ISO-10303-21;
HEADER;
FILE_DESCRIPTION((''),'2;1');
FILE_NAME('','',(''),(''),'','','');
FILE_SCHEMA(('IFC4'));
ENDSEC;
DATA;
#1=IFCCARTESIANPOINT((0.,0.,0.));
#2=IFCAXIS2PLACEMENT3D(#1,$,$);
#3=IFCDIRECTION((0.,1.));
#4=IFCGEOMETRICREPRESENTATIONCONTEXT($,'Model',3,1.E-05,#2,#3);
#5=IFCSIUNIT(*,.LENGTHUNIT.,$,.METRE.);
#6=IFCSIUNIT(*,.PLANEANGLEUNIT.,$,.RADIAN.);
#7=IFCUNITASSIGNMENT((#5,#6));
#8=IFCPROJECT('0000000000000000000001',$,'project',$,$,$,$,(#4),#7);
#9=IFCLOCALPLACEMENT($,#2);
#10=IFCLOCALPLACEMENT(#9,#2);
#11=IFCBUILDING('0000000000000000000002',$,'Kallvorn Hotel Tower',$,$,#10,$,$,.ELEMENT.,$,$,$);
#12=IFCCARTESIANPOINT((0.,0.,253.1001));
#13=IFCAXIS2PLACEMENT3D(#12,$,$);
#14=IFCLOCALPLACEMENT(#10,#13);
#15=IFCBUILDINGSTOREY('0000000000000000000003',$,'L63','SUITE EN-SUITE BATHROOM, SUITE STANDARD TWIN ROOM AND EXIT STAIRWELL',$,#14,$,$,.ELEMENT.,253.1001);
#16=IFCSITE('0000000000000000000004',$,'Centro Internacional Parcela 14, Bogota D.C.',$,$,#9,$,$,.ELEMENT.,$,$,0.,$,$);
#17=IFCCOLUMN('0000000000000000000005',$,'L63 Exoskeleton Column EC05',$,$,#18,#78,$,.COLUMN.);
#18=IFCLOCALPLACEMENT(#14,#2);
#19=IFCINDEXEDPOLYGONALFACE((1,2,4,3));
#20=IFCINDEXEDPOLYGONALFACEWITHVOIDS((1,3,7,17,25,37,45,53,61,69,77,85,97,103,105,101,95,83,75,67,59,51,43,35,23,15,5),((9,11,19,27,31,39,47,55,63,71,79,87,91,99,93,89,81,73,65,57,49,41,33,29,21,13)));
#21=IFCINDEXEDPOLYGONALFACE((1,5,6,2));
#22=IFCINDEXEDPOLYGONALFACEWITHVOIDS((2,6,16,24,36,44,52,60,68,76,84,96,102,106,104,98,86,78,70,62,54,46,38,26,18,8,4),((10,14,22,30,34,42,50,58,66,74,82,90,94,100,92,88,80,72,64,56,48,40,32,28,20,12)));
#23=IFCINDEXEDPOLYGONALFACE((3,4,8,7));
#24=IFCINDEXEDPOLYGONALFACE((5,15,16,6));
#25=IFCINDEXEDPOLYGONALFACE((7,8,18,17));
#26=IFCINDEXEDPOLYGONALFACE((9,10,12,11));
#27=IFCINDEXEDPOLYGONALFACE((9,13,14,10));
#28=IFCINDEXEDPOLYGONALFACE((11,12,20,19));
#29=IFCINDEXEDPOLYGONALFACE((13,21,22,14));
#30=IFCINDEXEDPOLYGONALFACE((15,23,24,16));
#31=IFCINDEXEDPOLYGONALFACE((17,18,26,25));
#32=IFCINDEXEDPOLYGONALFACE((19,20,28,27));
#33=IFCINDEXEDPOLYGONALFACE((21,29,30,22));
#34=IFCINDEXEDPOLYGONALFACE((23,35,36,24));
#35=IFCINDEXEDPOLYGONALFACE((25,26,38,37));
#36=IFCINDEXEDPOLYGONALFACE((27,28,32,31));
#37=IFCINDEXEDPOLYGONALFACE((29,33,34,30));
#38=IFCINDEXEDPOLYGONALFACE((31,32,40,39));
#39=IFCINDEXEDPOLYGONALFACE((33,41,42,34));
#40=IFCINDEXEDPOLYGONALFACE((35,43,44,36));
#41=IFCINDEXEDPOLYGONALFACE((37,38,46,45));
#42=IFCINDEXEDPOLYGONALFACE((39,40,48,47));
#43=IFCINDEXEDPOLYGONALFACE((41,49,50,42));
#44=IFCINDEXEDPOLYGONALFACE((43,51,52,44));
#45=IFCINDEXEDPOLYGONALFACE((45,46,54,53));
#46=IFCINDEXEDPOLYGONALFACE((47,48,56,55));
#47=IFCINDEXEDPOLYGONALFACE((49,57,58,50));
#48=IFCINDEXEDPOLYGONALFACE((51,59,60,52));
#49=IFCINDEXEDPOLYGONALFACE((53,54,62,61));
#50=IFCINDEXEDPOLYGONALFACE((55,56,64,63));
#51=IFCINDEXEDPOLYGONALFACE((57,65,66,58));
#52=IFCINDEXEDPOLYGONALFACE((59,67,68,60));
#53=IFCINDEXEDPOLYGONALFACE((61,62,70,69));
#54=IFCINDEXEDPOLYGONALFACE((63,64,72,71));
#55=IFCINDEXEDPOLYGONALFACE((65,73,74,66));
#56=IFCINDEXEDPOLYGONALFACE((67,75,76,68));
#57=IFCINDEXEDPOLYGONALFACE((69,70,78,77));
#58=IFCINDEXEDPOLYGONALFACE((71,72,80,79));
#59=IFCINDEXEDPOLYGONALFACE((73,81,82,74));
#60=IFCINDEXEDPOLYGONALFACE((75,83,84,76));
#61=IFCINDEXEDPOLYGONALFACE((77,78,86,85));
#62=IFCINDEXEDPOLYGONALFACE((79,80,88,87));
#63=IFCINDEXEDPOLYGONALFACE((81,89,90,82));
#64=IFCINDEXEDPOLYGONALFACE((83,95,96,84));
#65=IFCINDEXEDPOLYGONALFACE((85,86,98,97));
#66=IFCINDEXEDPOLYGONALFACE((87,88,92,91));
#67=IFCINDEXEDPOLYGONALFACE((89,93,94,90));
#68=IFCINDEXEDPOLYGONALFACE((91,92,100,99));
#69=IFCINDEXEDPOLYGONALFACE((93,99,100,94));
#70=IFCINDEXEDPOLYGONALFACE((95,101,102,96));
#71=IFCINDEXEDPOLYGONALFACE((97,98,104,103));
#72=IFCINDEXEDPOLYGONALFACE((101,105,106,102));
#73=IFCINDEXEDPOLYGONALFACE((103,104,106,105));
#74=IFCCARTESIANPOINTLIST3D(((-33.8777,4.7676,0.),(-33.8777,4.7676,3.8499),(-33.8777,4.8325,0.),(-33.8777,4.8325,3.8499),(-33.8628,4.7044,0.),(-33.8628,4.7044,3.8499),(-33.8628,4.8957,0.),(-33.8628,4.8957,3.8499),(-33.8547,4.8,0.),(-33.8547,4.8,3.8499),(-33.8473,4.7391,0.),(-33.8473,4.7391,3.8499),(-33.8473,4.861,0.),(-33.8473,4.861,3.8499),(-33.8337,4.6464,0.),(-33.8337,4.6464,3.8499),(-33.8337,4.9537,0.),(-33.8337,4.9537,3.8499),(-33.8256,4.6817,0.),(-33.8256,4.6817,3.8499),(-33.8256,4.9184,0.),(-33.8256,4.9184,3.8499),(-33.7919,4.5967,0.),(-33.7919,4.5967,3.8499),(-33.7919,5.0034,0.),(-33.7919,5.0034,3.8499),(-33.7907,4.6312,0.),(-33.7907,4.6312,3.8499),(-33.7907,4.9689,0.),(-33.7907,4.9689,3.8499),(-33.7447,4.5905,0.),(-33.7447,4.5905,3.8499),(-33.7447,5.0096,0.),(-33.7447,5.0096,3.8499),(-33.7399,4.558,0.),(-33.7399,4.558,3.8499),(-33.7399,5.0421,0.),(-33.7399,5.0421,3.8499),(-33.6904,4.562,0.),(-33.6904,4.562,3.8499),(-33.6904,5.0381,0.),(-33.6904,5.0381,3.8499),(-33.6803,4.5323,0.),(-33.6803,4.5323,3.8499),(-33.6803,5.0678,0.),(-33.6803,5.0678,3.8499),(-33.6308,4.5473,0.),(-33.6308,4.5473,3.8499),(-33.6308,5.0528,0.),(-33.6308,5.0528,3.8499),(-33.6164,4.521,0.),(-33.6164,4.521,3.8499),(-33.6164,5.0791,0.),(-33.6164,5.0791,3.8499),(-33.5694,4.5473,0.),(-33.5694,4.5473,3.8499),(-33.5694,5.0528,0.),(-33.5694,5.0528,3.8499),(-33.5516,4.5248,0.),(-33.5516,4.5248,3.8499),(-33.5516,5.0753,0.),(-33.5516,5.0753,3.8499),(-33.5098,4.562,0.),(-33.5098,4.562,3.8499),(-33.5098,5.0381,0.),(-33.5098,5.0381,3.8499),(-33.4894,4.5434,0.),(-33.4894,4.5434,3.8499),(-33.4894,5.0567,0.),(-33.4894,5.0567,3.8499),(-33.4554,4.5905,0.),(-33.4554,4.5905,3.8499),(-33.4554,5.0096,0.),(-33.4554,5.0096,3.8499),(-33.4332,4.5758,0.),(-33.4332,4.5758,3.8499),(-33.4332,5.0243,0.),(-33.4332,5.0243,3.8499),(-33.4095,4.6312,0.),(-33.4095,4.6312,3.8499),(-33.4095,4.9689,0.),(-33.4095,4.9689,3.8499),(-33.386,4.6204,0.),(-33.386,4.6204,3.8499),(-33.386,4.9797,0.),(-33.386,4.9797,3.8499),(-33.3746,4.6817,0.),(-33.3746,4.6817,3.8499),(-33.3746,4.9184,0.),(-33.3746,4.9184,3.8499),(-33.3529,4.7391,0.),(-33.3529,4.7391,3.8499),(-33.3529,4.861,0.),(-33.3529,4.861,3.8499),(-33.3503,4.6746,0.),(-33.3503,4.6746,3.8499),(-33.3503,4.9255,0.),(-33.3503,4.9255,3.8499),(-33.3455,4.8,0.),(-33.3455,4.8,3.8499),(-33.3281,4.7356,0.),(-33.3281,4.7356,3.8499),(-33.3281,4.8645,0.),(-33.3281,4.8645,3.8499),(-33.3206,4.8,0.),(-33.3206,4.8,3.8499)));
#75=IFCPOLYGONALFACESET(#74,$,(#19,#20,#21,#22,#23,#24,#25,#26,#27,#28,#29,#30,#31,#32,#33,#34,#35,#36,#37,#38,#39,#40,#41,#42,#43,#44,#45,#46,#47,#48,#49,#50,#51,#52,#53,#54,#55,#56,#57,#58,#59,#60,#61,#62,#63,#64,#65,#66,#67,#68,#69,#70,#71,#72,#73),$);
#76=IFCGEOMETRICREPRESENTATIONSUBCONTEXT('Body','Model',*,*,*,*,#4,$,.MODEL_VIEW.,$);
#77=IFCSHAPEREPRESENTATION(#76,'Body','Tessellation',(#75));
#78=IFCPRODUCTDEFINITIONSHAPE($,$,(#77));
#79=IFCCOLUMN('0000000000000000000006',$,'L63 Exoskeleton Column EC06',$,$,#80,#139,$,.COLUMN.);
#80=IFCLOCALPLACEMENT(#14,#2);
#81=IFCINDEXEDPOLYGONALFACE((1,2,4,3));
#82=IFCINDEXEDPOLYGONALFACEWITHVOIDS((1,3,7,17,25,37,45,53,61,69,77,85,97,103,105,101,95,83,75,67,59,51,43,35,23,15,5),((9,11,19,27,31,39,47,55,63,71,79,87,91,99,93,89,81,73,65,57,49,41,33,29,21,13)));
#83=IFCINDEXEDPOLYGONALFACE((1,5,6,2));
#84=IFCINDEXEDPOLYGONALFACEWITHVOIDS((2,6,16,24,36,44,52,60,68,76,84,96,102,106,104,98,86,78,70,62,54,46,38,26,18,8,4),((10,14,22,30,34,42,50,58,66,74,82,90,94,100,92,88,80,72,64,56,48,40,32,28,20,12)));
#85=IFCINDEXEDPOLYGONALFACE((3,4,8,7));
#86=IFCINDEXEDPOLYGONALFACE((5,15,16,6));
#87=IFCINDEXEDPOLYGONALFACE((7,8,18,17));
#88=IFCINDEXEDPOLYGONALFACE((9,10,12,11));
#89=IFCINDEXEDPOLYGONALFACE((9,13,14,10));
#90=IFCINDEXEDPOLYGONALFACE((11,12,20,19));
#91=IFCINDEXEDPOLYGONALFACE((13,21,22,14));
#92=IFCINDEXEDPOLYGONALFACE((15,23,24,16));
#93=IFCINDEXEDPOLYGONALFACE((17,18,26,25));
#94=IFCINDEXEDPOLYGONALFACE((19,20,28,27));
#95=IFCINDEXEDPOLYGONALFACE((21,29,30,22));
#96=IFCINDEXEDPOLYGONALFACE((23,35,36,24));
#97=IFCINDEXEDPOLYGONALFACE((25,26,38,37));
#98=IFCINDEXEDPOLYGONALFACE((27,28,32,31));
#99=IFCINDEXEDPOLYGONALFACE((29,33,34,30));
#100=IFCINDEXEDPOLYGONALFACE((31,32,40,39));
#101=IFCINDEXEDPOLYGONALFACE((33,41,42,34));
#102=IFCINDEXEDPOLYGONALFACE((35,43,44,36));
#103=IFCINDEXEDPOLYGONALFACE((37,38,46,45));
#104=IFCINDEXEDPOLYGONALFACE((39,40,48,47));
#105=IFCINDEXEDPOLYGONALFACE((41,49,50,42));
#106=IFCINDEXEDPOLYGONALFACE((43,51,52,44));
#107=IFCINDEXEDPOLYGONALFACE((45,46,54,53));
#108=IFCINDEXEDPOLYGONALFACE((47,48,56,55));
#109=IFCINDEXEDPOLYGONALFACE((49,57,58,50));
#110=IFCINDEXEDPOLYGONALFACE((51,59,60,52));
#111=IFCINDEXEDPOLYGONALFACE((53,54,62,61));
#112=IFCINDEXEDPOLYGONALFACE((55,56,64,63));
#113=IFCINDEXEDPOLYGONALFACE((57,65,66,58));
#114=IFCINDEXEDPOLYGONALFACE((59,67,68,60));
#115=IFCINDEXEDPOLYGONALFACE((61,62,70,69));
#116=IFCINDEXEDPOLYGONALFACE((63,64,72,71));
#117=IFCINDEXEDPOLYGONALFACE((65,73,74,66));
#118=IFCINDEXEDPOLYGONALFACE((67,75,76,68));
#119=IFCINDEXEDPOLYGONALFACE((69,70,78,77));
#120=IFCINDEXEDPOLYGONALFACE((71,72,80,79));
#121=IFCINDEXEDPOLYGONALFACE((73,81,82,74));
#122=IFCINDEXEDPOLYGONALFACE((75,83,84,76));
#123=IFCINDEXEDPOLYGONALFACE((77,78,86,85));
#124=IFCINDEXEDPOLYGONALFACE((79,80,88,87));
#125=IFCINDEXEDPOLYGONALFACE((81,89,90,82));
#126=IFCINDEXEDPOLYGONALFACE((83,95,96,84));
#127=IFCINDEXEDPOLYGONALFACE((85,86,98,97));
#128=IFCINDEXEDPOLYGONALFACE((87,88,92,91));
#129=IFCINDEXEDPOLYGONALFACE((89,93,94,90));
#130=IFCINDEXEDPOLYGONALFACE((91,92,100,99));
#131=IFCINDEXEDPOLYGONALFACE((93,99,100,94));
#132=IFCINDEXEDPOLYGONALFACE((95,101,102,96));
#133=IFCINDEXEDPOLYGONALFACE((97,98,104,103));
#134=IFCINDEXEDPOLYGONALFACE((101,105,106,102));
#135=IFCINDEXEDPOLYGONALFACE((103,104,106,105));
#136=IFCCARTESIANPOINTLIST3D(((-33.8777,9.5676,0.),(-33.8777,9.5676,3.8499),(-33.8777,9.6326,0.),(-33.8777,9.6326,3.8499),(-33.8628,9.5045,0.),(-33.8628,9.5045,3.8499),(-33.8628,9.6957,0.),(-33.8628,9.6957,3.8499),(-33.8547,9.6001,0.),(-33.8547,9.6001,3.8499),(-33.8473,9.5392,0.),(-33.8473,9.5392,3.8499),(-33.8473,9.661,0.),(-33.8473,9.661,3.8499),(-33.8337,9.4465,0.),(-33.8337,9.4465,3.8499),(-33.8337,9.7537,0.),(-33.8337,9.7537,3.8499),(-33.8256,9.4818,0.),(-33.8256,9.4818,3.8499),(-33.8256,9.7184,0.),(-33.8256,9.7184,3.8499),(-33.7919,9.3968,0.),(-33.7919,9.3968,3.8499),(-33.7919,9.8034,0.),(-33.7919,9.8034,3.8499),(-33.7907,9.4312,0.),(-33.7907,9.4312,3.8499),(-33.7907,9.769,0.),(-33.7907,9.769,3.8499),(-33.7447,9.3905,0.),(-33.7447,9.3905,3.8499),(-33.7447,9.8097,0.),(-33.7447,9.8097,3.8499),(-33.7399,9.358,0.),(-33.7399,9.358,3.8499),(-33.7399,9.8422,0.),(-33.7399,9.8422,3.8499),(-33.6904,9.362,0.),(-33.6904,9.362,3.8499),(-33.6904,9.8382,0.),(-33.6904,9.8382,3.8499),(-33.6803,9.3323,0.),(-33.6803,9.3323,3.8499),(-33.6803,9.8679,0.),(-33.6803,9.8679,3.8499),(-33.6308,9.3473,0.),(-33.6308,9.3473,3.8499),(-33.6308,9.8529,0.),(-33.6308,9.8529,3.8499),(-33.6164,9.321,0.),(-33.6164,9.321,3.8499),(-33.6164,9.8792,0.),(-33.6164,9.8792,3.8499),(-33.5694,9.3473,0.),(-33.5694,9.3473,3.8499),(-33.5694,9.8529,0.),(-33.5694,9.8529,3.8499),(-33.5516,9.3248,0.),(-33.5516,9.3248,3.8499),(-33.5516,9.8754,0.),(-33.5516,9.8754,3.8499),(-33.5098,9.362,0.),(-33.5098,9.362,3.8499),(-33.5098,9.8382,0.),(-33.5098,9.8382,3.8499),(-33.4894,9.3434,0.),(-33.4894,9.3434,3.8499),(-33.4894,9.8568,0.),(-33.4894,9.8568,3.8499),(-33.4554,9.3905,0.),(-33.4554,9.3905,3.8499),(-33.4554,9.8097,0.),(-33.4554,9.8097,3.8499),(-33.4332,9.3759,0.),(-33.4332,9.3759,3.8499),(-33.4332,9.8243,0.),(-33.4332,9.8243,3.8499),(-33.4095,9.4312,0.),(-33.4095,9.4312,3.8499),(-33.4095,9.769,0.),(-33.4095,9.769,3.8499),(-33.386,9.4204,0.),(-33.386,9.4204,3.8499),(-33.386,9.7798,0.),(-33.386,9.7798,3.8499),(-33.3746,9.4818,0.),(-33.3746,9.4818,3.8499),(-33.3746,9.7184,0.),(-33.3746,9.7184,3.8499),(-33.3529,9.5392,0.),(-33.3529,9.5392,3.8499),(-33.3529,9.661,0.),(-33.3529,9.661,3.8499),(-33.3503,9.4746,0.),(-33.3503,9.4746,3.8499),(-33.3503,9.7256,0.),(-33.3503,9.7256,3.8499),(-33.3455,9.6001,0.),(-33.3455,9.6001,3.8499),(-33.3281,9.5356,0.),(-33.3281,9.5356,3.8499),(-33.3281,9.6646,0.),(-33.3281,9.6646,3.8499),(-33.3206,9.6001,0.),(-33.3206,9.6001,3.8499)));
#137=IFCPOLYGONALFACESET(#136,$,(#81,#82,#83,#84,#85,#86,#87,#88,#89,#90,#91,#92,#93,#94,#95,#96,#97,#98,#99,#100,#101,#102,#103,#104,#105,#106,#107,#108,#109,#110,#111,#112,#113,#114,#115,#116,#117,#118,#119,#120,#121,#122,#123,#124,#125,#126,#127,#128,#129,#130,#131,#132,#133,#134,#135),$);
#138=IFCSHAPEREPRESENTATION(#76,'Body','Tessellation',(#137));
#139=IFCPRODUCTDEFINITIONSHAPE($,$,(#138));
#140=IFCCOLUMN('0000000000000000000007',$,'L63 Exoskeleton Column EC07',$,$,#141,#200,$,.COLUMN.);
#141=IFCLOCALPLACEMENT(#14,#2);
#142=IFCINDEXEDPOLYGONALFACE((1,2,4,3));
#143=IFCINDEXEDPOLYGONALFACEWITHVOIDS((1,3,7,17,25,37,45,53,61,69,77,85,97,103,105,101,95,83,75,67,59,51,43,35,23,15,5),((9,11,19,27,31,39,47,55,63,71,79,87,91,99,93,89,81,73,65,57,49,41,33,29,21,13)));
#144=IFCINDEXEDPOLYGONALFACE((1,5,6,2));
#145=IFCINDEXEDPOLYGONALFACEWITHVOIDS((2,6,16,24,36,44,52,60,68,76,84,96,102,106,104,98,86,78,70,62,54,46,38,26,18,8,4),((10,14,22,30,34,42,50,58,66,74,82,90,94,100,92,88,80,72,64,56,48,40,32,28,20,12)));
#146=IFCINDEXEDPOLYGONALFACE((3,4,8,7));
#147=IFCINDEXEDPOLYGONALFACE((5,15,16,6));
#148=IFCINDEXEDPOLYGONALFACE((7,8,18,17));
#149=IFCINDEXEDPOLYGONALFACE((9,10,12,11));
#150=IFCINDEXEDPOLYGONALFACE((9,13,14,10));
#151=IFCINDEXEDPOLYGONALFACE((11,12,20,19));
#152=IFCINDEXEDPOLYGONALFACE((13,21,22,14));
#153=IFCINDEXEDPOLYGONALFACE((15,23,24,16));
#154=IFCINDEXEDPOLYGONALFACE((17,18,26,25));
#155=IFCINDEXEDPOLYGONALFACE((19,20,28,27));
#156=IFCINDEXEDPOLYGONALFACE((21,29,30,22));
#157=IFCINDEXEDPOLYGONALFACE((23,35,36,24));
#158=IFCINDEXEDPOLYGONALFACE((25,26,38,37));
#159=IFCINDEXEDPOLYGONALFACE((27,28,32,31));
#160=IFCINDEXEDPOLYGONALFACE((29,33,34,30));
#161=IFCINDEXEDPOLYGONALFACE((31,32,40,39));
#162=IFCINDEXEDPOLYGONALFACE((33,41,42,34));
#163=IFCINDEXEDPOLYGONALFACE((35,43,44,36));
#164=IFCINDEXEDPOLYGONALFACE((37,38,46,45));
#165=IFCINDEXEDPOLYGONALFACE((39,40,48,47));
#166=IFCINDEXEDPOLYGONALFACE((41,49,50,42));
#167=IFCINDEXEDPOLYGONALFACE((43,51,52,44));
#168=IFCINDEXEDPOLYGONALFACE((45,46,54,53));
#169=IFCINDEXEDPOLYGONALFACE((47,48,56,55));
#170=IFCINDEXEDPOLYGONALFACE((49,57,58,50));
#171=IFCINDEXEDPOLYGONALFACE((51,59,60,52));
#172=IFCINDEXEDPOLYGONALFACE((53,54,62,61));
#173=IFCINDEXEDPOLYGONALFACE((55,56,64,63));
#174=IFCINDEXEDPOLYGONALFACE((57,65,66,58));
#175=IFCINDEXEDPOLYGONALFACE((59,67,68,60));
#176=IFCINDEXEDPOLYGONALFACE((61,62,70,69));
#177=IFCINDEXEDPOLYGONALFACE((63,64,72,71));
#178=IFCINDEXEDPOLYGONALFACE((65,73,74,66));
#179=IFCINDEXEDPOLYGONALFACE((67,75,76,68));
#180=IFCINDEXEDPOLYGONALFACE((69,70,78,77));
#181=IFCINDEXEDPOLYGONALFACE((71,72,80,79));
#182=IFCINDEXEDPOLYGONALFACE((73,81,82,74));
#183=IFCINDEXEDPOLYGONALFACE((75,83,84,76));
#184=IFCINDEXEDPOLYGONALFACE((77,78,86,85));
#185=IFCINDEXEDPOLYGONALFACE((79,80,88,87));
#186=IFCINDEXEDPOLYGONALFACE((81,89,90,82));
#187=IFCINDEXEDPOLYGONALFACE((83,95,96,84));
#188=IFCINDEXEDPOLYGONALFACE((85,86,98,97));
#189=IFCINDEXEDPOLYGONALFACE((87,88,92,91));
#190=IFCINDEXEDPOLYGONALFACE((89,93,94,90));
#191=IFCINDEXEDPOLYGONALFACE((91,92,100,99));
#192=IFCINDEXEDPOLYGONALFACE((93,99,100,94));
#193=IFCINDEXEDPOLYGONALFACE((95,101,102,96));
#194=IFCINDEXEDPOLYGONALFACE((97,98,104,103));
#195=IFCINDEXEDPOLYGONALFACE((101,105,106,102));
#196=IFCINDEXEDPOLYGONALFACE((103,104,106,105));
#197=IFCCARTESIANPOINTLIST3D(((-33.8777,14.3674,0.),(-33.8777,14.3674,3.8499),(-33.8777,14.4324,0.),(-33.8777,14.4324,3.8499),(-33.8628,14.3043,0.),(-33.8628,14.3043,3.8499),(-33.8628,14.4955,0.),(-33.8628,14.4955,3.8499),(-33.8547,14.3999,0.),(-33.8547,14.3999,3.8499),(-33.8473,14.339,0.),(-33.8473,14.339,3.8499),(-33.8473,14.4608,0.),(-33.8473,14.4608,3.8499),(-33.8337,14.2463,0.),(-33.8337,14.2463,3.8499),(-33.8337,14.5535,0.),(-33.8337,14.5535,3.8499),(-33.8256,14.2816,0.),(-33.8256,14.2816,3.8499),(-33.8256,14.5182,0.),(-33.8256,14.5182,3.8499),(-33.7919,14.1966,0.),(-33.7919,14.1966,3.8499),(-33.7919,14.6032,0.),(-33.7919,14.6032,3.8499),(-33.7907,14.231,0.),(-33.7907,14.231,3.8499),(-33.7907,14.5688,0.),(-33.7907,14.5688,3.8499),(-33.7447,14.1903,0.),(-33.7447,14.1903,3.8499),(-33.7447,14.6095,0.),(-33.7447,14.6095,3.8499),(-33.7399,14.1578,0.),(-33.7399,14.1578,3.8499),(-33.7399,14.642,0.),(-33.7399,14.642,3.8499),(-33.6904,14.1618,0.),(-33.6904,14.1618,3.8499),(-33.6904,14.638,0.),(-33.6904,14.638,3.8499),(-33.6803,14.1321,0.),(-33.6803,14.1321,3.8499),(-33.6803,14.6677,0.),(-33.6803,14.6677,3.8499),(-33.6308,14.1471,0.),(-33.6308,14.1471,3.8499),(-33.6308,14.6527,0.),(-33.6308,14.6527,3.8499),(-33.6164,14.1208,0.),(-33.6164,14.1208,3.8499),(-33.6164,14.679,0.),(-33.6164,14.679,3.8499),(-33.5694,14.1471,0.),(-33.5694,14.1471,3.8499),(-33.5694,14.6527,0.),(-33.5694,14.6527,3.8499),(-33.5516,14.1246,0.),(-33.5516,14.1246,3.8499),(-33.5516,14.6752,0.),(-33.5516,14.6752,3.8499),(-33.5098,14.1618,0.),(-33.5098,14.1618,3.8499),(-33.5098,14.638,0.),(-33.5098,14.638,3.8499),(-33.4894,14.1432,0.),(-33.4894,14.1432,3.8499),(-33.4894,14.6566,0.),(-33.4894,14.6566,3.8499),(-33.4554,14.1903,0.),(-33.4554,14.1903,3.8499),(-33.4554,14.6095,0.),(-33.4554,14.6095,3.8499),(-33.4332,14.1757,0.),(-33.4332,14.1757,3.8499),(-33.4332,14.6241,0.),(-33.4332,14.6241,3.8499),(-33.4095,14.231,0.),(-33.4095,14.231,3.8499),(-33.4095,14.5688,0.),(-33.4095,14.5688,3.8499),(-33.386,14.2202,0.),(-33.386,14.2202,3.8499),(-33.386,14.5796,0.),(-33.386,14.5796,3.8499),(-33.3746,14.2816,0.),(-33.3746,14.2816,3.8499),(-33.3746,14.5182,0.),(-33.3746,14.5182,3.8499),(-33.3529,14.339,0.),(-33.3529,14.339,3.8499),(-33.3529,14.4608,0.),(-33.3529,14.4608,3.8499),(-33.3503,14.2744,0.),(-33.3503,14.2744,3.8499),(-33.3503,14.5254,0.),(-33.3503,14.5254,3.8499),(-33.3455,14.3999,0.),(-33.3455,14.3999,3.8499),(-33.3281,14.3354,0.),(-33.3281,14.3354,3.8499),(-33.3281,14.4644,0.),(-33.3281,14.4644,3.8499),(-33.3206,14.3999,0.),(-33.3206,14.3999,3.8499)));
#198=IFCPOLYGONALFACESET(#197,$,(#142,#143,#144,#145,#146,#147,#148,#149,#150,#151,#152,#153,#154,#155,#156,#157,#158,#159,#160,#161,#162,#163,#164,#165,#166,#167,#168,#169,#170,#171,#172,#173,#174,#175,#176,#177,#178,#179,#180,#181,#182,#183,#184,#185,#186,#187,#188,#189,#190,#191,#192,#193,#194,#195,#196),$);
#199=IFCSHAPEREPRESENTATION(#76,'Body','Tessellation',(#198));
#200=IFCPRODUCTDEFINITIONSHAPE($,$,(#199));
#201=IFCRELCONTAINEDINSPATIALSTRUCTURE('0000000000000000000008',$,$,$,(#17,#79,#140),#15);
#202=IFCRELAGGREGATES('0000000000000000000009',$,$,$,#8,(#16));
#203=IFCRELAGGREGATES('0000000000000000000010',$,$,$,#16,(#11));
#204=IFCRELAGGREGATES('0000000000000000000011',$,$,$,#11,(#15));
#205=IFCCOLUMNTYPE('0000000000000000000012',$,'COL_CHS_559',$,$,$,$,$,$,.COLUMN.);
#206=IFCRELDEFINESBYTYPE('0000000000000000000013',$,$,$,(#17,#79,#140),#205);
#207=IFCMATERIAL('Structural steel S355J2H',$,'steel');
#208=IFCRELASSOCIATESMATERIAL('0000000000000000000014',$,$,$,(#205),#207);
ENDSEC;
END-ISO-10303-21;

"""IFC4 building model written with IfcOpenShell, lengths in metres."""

from ifc_helpers import new_model, si_unit, direction, frame, origin, origin_2d, place, context, subcontext, project, spatial, hollow_circle, extrude, material, material_profile, profile_set, type_object, element, save


model = new_model("IFC4")

# Units and contexts
model_context = context("Model", 3, precision=1e-05, world=origin(), true_north=direction((0.0, 1.0)))
body_context = subcontext(model_context, "Body", "Model", "MODEL_VIEW")
ifc_project = project(units=[si_unit("LENGTHUNIT", "METRE"), si_unit("PLANEANGLEUNIT", "RADIAN")], contexts=[model_context])

# Site, building, storey
site_placement = place(None, origin())
site = spatial("IfcSite", under=ifc_project, at=site_placement, Name="Centro Internacional Parcela 14, Bogota D.C.", CompositionType="ELEMENT", RefElevation=0.0)
building_placement = place(site_placement, origin())
building = spatial("IfcBuilding", under=site, at=building_placement, Name="Kallvorn Hotel Tower", CompositionType="ELEMENT")
storey_placement = place(building_placement, frame((0.0, 0.0, 253.1001)))
storey = spatial("IfcBuildingStorey", under=building, at=storey_placement, Name="L63", Description="SUITE EN-SUITE BATHROOM, SUITE STANDARD TWIN ROOM AND EXIT STAIRWELL", CompositionType="ELEMENT", Elevation=253.1001)

# Columns
ifc_material_1 = material(Name="Structural steel S355J2H", Category="steel")
ifc_material_profile_1 = material_profile(ifc_material_1, hollow_circle(Radius=0.2795, WallThickness=0.0249, at=origin_2d()), Name="CHS 559x25")
ifc_profile_set_1 = profile_set([ifc_material_profile_1], Name="Structural steel S355J2H")
column_type = type_object("IfcColumnType", Name="COL_CHS_559", PredefinedType="COLUMN", material=ifc_profile_set_1)
for number, where, z_axis, x_axis, name in (
    (1, (-33.6001, 4.8, 0.0), (0.0, 0.0, 1.0), (1.0, 0.0, 0.0), "L63 Exoskeleton Column EC05"),
    (2, (-33.6001, 9.6001, 0.0), (0.0, 0.0, 1.0), (1.0, 0.0, 0.0), "L63 Exoskeleton Column EC06"),
    (3, (-33.6001, 14.3999, 0.0), (0.0, 0.0, 1.0), (1.0, 0.0, 0.0), "L63 Exoskeleton Column EC07"),
):
    element("IfcColumn", number, at=place(storey_placement, frame(where, z_axis=z_axis, x_axis=x_axis)), inside=storey, type_object=column_type, Name=name, PredefinedType="COLUMN", context=body_context, shape_type="SweptSolid", body=[
        extrude(hollow_circle(Radius=0.2795, WallThickness=0.0249, at=origin_2d()), origin(), (0.0, 0.0, 1.0), 3.8499),
    ])

save(model, "model.ifc")
